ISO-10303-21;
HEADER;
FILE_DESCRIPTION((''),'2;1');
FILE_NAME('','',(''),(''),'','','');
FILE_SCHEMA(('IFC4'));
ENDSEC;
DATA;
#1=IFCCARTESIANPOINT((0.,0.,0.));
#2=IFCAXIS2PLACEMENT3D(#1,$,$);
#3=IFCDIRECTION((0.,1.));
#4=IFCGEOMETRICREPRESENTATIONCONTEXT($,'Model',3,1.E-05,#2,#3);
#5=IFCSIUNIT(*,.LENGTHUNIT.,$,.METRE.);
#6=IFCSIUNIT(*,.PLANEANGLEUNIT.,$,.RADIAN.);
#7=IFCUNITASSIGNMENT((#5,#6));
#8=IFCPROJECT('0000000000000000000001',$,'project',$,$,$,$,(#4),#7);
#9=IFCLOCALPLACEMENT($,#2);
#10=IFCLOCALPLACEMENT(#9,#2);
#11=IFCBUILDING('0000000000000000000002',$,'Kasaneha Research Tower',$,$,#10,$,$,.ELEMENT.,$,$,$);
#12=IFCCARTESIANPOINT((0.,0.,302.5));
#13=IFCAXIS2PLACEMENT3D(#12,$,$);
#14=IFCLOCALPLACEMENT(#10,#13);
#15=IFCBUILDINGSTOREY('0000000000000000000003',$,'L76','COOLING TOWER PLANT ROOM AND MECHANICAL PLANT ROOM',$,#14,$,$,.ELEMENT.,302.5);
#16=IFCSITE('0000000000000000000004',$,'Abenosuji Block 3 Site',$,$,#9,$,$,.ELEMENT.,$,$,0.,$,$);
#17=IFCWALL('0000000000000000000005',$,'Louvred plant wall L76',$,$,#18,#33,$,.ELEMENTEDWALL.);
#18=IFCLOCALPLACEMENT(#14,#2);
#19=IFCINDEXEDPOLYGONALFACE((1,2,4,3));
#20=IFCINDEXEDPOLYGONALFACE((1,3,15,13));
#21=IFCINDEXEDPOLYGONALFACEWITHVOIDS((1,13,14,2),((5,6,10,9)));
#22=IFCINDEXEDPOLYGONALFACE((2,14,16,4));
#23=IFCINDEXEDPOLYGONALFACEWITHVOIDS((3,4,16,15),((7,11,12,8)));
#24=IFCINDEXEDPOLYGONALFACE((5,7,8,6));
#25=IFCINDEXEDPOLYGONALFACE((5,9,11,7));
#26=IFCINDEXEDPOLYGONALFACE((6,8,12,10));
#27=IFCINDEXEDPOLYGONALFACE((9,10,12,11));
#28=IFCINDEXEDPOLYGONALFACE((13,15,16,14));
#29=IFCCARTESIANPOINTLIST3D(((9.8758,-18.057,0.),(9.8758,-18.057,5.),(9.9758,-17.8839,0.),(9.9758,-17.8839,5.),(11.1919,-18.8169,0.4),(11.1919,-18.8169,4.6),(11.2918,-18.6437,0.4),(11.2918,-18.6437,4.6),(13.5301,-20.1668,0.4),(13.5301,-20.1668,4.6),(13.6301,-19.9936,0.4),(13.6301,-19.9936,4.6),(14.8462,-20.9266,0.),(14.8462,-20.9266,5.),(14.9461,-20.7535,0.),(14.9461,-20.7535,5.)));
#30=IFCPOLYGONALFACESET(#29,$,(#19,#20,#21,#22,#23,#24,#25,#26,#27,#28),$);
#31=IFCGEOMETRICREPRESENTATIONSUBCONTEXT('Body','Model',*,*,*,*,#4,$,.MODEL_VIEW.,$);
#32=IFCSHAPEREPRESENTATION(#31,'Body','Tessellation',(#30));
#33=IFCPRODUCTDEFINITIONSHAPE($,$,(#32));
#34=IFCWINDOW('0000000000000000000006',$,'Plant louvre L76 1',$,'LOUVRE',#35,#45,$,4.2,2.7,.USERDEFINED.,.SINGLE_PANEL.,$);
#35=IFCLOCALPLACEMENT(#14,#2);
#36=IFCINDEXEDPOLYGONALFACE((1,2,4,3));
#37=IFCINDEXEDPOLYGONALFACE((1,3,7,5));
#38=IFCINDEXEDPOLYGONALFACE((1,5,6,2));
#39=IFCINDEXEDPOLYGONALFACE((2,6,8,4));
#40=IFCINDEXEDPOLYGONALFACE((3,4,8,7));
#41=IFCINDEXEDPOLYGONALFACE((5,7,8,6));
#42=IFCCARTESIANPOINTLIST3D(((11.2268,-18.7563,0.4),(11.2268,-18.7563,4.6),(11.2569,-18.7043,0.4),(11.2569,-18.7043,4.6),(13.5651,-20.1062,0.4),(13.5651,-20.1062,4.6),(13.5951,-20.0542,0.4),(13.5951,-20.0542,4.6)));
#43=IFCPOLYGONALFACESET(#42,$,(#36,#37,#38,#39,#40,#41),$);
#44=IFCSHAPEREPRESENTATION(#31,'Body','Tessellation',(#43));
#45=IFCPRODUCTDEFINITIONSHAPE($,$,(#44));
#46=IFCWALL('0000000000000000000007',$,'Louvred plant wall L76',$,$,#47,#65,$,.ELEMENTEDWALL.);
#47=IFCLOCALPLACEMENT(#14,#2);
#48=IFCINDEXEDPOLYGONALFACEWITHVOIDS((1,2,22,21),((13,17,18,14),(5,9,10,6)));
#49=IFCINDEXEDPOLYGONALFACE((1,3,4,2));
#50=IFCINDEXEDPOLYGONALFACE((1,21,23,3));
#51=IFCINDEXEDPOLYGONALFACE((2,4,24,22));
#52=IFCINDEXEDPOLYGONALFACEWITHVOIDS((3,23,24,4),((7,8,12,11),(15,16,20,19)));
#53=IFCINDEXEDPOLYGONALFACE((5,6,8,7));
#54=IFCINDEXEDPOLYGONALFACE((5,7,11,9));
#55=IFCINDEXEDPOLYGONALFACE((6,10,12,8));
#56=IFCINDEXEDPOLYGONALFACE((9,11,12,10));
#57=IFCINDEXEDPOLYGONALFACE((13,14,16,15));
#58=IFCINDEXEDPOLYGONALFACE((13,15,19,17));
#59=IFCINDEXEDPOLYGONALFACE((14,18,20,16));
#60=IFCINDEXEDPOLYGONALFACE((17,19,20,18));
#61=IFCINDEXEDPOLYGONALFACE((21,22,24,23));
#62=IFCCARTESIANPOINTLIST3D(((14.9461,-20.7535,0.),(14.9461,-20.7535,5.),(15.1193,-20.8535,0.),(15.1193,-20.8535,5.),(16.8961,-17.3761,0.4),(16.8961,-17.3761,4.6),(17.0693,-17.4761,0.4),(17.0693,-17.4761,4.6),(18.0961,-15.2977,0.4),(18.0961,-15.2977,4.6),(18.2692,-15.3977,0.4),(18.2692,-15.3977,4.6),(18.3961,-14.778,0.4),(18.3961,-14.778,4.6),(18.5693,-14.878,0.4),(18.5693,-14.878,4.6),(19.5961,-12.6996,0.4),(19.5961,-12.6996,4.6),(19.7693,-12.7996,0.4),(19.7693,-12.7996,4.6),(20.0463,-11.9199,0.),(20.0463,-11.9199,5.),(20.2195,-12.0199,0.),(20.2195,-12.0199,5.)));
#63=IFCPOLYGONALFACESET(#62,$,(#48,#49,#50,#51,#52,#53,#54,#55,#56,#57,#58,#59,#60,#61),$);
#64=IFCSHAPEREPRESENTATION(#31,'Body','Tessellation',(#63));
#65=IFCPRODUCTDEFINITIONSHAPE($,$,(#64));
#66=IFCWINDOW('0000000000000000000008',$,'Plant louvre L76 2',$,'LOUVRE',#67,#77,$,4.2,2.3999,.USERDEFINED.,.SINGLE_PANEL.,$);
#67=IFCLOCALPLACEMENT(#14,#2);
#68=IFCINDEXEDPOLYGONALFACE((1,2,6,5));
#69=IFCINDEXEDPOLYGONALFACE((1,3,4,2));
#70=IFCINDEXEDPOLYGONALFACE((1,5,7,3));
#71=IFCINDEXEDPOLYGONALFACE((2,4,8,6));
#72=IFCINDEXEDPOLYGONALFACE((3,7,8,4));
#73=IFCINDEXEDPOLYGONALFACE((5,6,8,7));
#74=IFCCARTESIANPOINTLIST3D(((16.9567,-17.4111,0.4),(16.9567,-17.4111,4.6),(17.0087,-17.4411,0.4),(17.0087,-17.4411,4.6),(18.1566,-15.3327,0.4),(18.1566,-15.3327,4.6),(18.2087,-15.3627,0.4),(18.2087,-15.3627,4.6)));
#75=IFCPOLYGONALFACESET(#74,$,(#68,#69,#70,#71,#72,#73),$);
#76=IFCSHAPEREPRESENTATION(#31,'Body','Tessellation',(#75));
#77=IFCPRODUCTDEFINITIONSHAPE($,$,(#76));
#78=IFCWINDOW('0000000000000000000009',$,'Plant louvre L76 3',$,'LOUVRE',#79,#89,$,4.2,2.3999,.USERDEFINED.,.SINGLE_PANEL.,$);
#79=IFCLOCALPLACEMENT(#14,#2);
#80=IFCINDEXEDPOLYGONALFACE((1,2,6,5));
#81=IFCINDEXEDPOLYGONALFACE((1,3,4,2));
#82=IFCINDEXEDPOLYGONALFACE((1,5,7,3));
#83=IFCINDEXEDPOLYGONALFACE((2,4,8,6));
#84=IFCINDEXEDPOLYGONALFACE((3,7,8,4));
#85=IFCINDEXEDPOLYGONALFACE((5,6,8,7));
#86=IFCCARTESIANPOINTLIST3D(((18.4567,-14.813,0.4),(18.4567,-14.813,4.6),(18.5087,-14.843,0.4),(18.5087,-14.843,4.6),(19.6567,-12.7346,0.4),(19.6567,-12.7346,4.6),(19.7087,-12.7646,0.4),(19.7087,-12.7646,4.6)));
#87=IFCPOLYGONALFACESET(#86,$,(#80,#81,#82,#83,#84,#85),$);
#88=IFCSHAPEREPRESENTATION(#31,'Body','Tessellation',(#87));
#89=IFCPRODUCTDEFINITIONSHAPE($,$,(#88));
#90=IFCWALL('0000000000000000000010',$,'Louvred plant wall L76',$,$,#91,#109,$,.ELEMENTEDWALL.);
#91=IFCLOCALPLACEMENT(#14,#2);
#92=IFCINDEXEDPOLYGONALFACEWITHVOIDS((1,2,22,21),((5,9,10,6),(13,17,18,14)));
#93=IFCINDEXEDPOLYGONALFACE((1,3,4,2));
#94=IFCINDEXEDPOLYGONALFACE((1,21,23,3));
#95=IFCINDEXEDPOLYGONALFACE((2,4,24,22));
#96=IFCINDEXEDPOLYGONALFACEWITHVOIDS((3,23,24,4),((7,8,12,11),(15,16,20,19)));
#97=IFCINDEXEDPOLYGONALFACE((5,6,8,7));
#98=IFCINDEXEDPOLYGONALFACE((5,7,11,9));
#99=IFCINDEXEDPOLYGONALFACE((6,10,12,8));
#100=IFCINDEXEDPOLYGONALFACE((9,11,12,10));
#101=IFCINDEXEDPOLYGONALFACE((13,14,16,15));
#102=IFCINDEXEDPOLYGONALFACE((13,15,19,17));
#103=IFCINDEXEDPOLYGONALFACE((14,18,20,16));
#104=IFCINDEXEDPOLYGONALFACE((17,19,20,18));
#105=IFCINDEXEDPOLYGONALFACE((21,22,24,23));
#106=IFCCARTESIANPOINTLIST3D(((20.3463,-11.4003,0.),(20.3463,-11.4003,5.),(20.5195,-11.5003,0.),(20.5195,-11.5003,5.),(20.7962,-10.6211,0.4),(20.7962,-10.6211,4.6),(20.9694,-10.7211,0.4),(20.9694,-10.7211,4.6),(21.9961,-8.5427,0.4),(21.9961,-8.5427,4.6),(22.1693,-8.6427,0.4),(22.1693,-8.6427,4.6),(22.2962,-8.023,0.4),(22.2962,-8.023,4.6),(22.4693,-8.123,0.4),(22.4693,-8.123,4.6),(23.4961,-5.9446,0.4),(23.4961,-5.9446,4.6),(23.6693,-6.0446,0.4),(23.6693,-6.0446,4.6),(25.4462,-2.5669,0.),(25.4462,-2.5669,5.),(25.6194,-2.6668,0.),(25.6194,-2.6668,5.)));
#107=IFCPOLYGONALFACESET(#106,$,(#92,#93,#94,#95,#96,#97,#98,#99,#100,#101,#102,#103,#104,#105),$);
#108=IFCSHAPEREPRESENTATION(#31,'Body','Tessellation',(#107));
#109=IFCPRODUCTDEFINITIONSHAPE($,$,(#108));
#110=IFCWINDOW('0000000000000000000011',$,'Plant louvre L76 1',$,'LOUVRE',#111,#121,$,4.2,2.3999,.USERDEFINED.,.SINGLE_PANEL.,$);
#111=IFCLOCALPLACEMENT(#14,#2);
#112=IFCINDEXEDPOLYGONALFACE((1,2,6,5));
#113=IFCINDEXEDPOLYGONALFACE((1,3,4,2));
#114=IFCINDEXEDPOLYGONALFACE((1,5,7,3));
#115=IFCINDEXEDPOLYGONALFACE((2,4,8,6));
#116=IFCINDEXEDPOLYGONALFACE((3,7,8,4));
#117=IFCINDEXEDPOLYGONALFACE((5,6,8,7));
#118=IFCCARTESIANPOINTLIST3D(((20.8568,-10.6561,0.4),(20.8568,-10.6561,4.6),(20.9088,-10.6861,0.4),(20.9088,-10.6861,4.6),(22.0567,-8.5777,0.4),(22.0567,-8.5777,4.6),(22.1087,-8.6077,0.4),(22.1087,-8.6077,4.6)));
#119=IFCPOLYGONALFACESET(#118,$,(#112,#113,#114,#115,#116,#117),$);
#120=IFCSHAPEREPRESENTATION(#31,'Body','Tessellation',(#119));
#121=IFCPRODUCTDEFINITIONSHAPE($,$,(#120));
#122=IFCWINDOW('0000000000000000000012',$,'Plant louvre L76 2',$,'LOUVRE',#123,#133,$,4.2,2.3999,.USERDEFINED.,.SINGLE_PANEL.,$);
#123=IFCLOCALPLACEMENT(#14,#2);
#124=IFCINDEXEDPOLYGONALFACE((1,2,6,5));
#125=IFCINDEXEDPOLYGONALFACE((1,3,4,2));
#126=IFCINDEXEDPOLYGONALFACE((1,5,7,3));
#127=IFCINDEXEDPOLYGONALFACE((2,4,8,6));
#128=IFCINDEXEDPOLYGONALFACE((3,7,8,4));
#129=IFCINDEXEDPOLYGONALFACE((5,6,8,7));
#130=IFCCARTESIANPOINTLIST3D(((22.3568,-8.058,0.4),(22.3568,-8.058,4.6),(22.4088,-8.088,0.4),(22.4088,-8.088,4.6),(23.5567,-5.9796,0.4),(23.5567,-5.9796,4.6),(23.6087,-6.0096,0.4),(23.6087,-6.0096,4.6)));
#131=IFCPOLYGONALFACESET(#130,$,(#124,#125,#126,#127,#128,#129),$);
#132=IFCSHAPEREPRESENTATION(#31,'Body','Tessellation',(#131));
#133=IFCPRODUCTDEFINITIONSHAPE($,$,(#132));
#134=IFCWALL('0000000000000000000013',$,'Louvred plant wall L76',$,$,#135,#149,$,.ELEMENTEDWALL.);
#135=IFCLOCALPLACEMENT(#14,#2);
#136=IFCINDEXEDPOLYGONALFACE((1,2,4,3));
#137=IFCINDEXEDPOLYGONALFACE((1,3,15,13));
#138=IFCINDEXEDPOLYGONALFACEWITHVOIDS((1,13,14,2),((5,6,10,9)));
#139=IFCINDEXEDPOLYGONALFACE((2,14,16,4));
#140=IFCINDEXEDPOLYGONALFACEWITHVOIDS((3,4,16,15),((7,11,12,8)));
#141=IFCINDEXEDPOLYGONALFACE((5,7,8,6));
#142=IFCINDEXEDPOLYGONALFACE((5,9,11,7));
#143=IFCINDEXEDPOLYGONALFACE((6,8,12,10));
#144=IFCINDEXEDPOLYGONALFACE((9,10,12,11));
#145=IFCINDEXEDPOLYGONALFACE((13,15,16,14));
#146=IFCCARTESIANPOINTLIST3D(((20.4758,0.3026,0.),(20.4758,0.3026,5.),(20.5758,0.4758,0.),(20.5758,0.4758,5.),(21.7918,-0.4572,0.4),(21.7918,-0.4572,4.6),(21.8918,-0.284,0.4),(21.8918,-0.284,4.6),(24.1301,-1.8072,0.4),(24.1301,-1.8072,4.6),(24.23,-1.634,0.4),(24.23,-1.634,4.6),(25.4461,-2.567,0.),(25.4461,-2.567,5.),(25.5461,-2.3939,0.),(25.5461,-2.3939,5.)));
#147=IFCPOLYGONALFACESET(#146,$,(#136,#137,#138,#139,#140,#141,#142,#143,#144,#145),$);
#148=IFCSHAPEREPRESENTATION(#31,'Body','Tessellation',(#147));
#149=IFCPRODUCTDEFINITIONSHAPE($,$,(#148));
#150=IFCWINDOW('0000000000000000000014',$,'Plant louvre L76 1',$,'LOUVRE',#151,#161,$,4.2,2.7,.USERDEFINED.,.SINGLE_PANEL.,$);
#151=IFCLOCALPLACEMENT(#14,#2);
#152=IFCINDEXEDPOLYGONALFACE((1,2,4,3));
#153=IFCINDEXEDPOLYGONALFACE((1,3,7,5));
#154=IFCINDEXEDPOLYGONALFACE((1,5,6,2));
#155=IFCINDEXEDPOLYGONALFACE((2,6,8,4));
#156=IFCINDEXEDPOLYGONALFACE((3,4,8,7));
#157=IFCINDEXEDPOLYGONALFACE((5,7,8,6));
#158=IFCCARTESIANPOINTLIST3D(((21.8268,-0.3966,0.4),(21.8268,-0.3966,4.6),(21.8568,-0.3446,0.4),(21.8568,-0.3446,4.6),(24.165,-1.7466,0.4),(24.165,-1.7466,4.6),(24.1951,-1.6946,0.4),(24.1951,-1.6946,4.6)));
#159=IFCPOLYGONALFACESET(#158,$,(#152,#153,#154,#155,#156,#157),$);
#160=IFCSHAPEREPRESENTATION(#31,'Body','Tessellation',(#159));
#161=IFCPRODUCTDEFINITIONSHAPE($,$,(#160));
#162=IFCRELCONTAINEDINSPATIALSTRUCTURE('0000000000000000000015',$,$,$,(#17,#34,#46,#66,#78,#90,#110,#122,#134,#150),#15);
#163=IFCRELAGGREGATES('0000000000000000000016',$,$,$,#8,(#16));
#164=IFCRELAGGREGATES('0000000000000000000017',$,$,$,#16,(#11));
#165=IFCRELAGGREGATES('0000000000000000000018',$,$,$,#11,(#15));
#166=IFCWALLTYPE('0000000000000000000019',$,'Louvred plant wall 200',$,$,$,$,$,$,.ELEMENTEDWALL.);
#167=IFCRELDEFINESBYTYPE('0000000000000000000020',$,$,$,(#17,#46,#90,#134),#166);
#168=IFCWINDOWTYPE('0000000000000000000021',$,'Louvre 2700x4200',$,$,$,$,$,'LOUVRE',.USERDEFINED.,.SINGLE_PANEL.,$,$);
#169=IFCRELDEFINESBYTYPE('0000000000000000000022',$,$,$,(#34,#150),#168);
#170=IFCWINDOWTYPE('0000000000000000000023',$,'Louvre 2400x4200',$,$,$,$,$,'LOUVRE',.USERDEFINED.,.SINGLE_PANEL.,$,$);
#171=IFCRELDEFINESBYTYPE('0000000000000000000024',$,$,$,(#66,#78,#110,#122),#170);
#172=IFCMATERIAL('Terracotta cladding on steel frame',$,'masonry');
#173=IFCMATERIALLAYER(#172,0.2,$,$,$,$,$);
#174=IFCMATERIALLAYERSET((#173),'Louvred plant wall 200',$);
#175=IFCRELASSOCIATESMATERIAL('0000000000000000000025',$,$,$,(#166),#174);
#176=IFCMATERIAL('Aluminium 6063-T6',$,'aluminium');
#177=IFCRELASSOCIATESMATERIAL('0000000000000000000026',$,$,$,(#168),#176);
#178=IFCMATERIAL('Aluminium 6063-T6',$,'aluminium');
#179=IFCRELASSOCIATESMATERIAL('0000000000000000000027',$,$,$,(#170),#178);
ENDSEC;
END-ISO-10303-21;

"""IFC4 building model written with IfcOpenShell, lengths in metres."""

from ifc_helpers import new_model, si_unit, direction, frame, frame_2d, origin, place, context, subcontext, project, spatial, rectangle, extrude, material, layer, layer_set, type_object, element, fill, save


model = new_model("IFC4")

# Units and contexts
model_context = context("Model", 3, precision=1e-05, world=origin(), true_north=direction((0.0, 1.0)))
body_context = subcontext(model_context, "Body", "Model", "MODEL_VIEW")
ifc_project = project(units=[si_unit("LENGTHUNIT", "METRE"), si_unit("PLANEANGLEUNIT", "RADIAN")], contexts=[model_context])

# Site, building, storey
site_placement = place(None, origin())
site = spatial("IfcSite", under=ifc_project, at=site_placement, Name="Abenosuji Block 3 Site", CompositionType="ELEMENT", RefElevation=0.0)
building_placement = place(site_placement, origin())
building = spatial("IfcBuilding", under=site, at=building_placement, Name="Kasaneha Research Tower", CompositionType="ELEMENT")
storey_placement = place(building_placement, frame((0.0, 0.0, 302.5)))
storey = spatial("IfcBuildingStorey", under=building, at=storey_placement, Name="L76", Description="COOLING TOWER PLANT ROOM AND MECHANICAL PLANT ROOM", CompositionType="ELEMENT", Elevation=302.5)

# Wall, opening, window
ifc_material_1 = material(Name="Terracotta cladding on steel frame", Category="masonry")
ifc_layer_1 = layer(ifc_material_1, 0.2)
ifc_layer_set_1 = layer_set([ifc_layer_1], Name="Louvred plant wall 200")
wall_type_1 = type_object("IfcWallType", Name="Louvred plant wall 200", PredefinedType="ELEMENTEDWALL", material=ifc_layer_set_1)
wall_1_placement = place(storey_placement, frame((9.9258, -17.9705, 0.0), z_axis=(0.0, 0.0, 1.0), x_axis=(0.86603, -0.499991, 0.0)))
wall_1 = element("IfcWall", 1, at=wall_1_placement, inside=storey, type_object=wall_type_1, Name="Louvred plant wall L76", PredefinedType="ELEMENTEDWALL", context=body_context, shape_type="SweptSolid", body=[
    extrude(rectangle(XDim=5.7393, YDim=0.2, at=frame_2d((2.8696, 0.0))), origin(), (0.0, 0.0, 1.0), 5.0),
])
opening_1_placement = place(wall_1_placement, frame((1.5195, 0.0, 0.3999)))
opening_1 = element("IfcOpeningElement", 2, at=opening_1_placement, cuts=wall_1, PredefinedType="OPENING", context=body_context, shape_type="SweptSolid", body=[
    extrude(rectangle(XDim=2.7, YDim=4.2, at=frame_2d((1.3501, 2.1001))), frame((0.0, 0.1099, 0.0), z_axis=(0.0, -1.0, 0.0), x_axis=(1.0, 0.0, 0.0)), (0.0, 0.0, 1.0), 0.22),
])
ifc_material_2 = material(Name="Aluminium 6063-T6", Category="aluminium")
window_type_1 = type_object("IfcWindowType", Name="Louvre 2700x4200", ElementType="LOUVRE", PartitioningType="SINGLE_PANEL", PredefinedType="USERDEFINED", material=ifc_material_2)
window_1_placement = place(opening_1_placement, origin())
window_1 = element("IfcWindow", 3, at=window_1_placement, inside=storey, type_object=window_type_1, Name="Plant louvre L76 1", ObjectType="LOUVRE", OverallHeight=4.2, OverallWidth=2.7, PartitioningType="SINGLE_PANEL", PredefinedType="USERDEFINED", context=body_context, shape_type="SweptSolid", body=[
    extrude(rectangle(XDim=2.7, YDim=4.2, at=frame_2d((1.3501, 2.1001))), frame((0.0, 0.03, 0.0), z_axis=(0.0, -1.0, 0.0), x_axis=(1.0, 0.0, 0.0)), (0.0, 0.0, 1.0), 0.0601),
])
fill(opening_1, window_1)

# Walls, openings, windows
wall_2_placement = place(storey_placement, frame((15.0327, -20.8035, 0.0), z_axis=(0.0, 0.0, 1.0), x_axis=(0.500006, 0.866022, 0.0)))
wall_2 = element("IfcWall", 4, at=wall_2_placement, inside=storey, type_object=wall_type_1, Name="Louvred plant wall L76", PredefinedType="ELEMENTEDWALL", context=body_context, shape_type="SweptSolid", body=[
    extrude(rectangle(XDim=10.2002, YDim=0.2, at=frame_2d((5.1001, 0.0))), origin(), (0.0, 0.0, 1.0), 5.0),
])
opening_2_placement = place(wall_2_placement, frame((3.8999, 0.0, 0.3999)))
opening_2 = element("IfcOpeningElement", 5, at=opening_2_placement, cuts=wall_2, PredefinedType="OPENING", context=body_context, shape_type="SweptSolid", body=[
    extrude(rectangle(XDim=2.3999, YDim=4.2, at=frame_2d((1.2, 2.1001))), frame((0.0, 0.1099, 0.0), z_axis=(0.0, -1.0, 0.0), x_axis=(1.0, 0.0, 0.0)), (0.0, 0.0, 1.0), 0.22),
])
opening_3_placement = place(wall_2_placement, frame((6.8999, 0.0, 0.3999)))
opening_3 = element("IfcOpeningElement", 6, at=opening_3_placement, cuts=wall_2, PredefinedType="OPENING", context=body_context, shape_type="SweptSolid", body=[
    extrude(rectangle(XDim=2.3999, YDim=4.2, at=frame_2d((1.2, 2.1001))), frame((0.0, 0.1099, 0.0), z_axis=(0.0, -1.0, 0.0), x_axis=(1.0, 0.0, 0.0)), (0.0, 0.0, 1.0), 0.22),
])
ifc_material_3 = material(Name="Aluminium 6063-T6", Category="aluminium")
window_type_2 = type_object("IfcWindowType", Name="Louvre 2400x4200", ElementType="LOUVRE", PartitioningType="SINGLE_PANEL", PredefinedType="USERDEFINED", material=ifc_material_3)
window_2_placement = place(opening_2_placement, origin())
window_2 = element("IfcWindow", 7, at=window_2_placement, inside=storey, type_object=window_type_2, Name="Plant louvre L76 2", ObjectType="LOUVRE", OverallHeight=4.2, OverallWidth=2.3999, PartitioningType="SINGLE_PANEL", PredefinedType="USERDEFINED", context=body_context, shape_type="SweptSolid", body=[
    extrude(rectangle(XDim=2.3999, YDim=4.2, at=frame_2d((1.2, 2.1001))), frame((0.0, 0.03, 0.0), z_axis=(0.0, -1.0, 0.0), x_axis=(1.0, 0.0, 0.0)), (0.0, 0.0, 1.0), 0.0601),
])
fill(opening_2, window_2)
window_3_placement = place(opening_3_placement, origin())
window_3 = element("IfcWindow", 8, at=window_3_placement, inside=storey, type_object=window_type_2, Name="Plant louvre L76 3", ObjectType="LOUVRE", OverallHeight=4.2, OverallWidth=2.3999, PartitioningType="SINGLE_PANEL", PredefinedType="USERDEFINED", context=body_context, shape_type="SweptSolid", body=[
    extrude(rectangle(XDim=2.3999, YDim=4.2, at=frame_2d((1.2, 2.1001))), frame((0.0, 0.03, 0.0), z_axis=(0.0, -1.0, 0.0), x_axis=(1.0, 0.0, 0.0)), (0.0, 0.0, 1.0), 0.0601),
])
fill(opening_3, window_3)
wall_3_placement = place(storey_placement, frame((20.4329, -11.4504, 0.0), z_axis=(0.0, 0.0, 1.0), x_axis=(0.499988, 0.866033, 0.0)))
wall_3 = element("IfcWall", 9, at=wall_3_placement, inside=storey, type_object=wall_type_1, Name="Louvred plant wall L76", PredefinedType="ELEMENTEDWALL", context=body_context, shape_type="SweptSolid", body=[
    extrude(rectangle(XDim=10.2, YDim=0.2, at=frame_2d((5.1001, 0.0))), origin(), (0.0, 0.0, 1.0), 5.0),
])
opening_4_placement = place(wall_3_placement, frame((0.8999, 0.0, 0.3999)))
opening_4 = element("IfcOpeningElement", 10, at=opening_4_placement, cuts=wall_3, PredefinedType="OPENING", context=body_context, shape_type="SweptSolid", body=[
    extrude(rectangle(XDim=2.3999, YDim=4.2, at=frame_2d((1.2, 2.1001))), frame((0.0, 0.1099, 0.0), z_axis=(0.0, -1.0, 0.0), x_axis=(1.0, 0.0, 0.0)), (0.0, 0.0, 1.0), 0.22),
])
opening_5_placement = place(wall_3_placement, frame((3.8999, 0.0, 0.3999)))
opening_5 = element("IfcOpeningElement", 11, at=opening_5_placement, cuts=wall_3, PredefinedType="OPENING", context=body_context, shape_type="SweptSolid", body=[
    extrude(rectangle(XDim=2.3999, YDim=4.2, at=frame_2d((1.2, 2.1001))), frame((0.0, 0.1099, 0.0), z_axis=(0.0, -1.0, 0.0), x_axis=(1.0, 0.0, 0.0)), (0.0, 0.0, 1.0), 0.22),
])
window_4_placement = place(opening_4_placement, origin())
window_4 = element("IfcWindow", 12, at=window_4_placement, inside=storey, type_object=window_type_2, Name="Plant louvre L76 1", ObjectType="LOUVRE", OverallHeight=4.2, OverallWidth=2.3999, PartitioningType="SINGLE_PANEL", PredefinedType="USERDEFINED", context=body_context, shape_type="SweptSolid", body=[
    extrude(rectangle(XDim=2.3999, YDim=4.2, at=frame_2d((1.2, 2.1001))), frame((0.0, 0.03, 0.0), z_axis=(0.0, -1.0, 0.0), x_axis=(1.0, 0.0, 0.0)), (0.0, 0.0, 1.0), 0.0601),
])
fill(opening_4, window_4)
window_5_placement = place(opening_5_placement, origin())
window_5 = element("IfcWindow", 13, at=window_5_placement, inside=storey, type_object=window_type_2, Name="Plant louvre L76 2", ObjectType="LOUVRE", OverallHeight=4.2, OverallWidth=2.3999, PartitioningType="SINGLE_PANEL", PredefinedType="USERDEFINED", context=body_context, shape_type="SweptSolid", body=[
    extrude(rectangle(XDim=2.3999, YDim=4.2, at=frame_2d((1.2, 2.1001))), frame((0.0, 0.03, 0.0), z_axis=(0.0, -1.0, 0.0), x_axis=(1.0, 0.0, 0.0)), (0.0, 0.0, 1.0), 0.0601),
])
fill(opening_5, window_5)

# Wall, opening, window
wall_4_placement = place(storey_placement, frame((25.4961, -2.4805, 0.0), z_axis=(0.0, 0.0, 1.0), x_axis=(-0.86602, 0.50001, 0.0)))
wall_4 = element("IfcWall", 14, at=wall_4_placement, inside=storey, type_object=wall_type_1, Name="Louvred plant wall L76", PredefinedType="ELEMENTEDWALL", context=body_context, shape_type="SweptSolid", body=[
    extrude(rectangle(XDim=5.7393, YDim=0.2, at=frame_2d((2.8696, 0.0))), origin(), (0.0, 0.0, 1.0), 5.0),
])
opening_6_placement = place(wall_4_placement, frame((1.5195, 0.0, 0.3999)))
opening_6 = element("IfcOpeningElement", 15, at=opening_6_placement, cuts=wall_4, PredefinedType="OPENING", context=body_context, shape_type="SweptSolid", body=[
    extrude(rectangle(XDim=2.7, YDim=4.2, at=frame_2d((1.3501, 2.1001))), frame((0.0, 0.1099, 0.0), z_axis=(0.0, -1.0, 0.0), x_axis=(1.0, 0.0, 0.0)), (0.0, 0.0, 1.0), 0.22),
])
window_6_placement = place(opening_6_placement, origin())
window_6 = element("IfcWindow", 16, at=window_6_placement, inside=storey, type_object=window_type_1, Name="Plant louvre L76 1", ObjectType="LOUVRE", OverallHeight=4.2, OverallWidth=2.7, PartitioningType="SINGLE_PANEL", PredefinedType="USERDEFINED", context=body_context, shape_type="SweptSolid", body=[
    extrude(rectangle(XDim=2.7, YDim=4.2, at=frame_2d((1.3501, 2.1001))), frame((0.0, 0.03, 0.0), z_axis=(0.0, -1.0, 0.0), x_axis=(1.0, 0.0, 0.0)), (0.0, 0.0, 1.0), 0.0601),
])
fill(opening_6, window_6)

save(model, "model.ifc")
